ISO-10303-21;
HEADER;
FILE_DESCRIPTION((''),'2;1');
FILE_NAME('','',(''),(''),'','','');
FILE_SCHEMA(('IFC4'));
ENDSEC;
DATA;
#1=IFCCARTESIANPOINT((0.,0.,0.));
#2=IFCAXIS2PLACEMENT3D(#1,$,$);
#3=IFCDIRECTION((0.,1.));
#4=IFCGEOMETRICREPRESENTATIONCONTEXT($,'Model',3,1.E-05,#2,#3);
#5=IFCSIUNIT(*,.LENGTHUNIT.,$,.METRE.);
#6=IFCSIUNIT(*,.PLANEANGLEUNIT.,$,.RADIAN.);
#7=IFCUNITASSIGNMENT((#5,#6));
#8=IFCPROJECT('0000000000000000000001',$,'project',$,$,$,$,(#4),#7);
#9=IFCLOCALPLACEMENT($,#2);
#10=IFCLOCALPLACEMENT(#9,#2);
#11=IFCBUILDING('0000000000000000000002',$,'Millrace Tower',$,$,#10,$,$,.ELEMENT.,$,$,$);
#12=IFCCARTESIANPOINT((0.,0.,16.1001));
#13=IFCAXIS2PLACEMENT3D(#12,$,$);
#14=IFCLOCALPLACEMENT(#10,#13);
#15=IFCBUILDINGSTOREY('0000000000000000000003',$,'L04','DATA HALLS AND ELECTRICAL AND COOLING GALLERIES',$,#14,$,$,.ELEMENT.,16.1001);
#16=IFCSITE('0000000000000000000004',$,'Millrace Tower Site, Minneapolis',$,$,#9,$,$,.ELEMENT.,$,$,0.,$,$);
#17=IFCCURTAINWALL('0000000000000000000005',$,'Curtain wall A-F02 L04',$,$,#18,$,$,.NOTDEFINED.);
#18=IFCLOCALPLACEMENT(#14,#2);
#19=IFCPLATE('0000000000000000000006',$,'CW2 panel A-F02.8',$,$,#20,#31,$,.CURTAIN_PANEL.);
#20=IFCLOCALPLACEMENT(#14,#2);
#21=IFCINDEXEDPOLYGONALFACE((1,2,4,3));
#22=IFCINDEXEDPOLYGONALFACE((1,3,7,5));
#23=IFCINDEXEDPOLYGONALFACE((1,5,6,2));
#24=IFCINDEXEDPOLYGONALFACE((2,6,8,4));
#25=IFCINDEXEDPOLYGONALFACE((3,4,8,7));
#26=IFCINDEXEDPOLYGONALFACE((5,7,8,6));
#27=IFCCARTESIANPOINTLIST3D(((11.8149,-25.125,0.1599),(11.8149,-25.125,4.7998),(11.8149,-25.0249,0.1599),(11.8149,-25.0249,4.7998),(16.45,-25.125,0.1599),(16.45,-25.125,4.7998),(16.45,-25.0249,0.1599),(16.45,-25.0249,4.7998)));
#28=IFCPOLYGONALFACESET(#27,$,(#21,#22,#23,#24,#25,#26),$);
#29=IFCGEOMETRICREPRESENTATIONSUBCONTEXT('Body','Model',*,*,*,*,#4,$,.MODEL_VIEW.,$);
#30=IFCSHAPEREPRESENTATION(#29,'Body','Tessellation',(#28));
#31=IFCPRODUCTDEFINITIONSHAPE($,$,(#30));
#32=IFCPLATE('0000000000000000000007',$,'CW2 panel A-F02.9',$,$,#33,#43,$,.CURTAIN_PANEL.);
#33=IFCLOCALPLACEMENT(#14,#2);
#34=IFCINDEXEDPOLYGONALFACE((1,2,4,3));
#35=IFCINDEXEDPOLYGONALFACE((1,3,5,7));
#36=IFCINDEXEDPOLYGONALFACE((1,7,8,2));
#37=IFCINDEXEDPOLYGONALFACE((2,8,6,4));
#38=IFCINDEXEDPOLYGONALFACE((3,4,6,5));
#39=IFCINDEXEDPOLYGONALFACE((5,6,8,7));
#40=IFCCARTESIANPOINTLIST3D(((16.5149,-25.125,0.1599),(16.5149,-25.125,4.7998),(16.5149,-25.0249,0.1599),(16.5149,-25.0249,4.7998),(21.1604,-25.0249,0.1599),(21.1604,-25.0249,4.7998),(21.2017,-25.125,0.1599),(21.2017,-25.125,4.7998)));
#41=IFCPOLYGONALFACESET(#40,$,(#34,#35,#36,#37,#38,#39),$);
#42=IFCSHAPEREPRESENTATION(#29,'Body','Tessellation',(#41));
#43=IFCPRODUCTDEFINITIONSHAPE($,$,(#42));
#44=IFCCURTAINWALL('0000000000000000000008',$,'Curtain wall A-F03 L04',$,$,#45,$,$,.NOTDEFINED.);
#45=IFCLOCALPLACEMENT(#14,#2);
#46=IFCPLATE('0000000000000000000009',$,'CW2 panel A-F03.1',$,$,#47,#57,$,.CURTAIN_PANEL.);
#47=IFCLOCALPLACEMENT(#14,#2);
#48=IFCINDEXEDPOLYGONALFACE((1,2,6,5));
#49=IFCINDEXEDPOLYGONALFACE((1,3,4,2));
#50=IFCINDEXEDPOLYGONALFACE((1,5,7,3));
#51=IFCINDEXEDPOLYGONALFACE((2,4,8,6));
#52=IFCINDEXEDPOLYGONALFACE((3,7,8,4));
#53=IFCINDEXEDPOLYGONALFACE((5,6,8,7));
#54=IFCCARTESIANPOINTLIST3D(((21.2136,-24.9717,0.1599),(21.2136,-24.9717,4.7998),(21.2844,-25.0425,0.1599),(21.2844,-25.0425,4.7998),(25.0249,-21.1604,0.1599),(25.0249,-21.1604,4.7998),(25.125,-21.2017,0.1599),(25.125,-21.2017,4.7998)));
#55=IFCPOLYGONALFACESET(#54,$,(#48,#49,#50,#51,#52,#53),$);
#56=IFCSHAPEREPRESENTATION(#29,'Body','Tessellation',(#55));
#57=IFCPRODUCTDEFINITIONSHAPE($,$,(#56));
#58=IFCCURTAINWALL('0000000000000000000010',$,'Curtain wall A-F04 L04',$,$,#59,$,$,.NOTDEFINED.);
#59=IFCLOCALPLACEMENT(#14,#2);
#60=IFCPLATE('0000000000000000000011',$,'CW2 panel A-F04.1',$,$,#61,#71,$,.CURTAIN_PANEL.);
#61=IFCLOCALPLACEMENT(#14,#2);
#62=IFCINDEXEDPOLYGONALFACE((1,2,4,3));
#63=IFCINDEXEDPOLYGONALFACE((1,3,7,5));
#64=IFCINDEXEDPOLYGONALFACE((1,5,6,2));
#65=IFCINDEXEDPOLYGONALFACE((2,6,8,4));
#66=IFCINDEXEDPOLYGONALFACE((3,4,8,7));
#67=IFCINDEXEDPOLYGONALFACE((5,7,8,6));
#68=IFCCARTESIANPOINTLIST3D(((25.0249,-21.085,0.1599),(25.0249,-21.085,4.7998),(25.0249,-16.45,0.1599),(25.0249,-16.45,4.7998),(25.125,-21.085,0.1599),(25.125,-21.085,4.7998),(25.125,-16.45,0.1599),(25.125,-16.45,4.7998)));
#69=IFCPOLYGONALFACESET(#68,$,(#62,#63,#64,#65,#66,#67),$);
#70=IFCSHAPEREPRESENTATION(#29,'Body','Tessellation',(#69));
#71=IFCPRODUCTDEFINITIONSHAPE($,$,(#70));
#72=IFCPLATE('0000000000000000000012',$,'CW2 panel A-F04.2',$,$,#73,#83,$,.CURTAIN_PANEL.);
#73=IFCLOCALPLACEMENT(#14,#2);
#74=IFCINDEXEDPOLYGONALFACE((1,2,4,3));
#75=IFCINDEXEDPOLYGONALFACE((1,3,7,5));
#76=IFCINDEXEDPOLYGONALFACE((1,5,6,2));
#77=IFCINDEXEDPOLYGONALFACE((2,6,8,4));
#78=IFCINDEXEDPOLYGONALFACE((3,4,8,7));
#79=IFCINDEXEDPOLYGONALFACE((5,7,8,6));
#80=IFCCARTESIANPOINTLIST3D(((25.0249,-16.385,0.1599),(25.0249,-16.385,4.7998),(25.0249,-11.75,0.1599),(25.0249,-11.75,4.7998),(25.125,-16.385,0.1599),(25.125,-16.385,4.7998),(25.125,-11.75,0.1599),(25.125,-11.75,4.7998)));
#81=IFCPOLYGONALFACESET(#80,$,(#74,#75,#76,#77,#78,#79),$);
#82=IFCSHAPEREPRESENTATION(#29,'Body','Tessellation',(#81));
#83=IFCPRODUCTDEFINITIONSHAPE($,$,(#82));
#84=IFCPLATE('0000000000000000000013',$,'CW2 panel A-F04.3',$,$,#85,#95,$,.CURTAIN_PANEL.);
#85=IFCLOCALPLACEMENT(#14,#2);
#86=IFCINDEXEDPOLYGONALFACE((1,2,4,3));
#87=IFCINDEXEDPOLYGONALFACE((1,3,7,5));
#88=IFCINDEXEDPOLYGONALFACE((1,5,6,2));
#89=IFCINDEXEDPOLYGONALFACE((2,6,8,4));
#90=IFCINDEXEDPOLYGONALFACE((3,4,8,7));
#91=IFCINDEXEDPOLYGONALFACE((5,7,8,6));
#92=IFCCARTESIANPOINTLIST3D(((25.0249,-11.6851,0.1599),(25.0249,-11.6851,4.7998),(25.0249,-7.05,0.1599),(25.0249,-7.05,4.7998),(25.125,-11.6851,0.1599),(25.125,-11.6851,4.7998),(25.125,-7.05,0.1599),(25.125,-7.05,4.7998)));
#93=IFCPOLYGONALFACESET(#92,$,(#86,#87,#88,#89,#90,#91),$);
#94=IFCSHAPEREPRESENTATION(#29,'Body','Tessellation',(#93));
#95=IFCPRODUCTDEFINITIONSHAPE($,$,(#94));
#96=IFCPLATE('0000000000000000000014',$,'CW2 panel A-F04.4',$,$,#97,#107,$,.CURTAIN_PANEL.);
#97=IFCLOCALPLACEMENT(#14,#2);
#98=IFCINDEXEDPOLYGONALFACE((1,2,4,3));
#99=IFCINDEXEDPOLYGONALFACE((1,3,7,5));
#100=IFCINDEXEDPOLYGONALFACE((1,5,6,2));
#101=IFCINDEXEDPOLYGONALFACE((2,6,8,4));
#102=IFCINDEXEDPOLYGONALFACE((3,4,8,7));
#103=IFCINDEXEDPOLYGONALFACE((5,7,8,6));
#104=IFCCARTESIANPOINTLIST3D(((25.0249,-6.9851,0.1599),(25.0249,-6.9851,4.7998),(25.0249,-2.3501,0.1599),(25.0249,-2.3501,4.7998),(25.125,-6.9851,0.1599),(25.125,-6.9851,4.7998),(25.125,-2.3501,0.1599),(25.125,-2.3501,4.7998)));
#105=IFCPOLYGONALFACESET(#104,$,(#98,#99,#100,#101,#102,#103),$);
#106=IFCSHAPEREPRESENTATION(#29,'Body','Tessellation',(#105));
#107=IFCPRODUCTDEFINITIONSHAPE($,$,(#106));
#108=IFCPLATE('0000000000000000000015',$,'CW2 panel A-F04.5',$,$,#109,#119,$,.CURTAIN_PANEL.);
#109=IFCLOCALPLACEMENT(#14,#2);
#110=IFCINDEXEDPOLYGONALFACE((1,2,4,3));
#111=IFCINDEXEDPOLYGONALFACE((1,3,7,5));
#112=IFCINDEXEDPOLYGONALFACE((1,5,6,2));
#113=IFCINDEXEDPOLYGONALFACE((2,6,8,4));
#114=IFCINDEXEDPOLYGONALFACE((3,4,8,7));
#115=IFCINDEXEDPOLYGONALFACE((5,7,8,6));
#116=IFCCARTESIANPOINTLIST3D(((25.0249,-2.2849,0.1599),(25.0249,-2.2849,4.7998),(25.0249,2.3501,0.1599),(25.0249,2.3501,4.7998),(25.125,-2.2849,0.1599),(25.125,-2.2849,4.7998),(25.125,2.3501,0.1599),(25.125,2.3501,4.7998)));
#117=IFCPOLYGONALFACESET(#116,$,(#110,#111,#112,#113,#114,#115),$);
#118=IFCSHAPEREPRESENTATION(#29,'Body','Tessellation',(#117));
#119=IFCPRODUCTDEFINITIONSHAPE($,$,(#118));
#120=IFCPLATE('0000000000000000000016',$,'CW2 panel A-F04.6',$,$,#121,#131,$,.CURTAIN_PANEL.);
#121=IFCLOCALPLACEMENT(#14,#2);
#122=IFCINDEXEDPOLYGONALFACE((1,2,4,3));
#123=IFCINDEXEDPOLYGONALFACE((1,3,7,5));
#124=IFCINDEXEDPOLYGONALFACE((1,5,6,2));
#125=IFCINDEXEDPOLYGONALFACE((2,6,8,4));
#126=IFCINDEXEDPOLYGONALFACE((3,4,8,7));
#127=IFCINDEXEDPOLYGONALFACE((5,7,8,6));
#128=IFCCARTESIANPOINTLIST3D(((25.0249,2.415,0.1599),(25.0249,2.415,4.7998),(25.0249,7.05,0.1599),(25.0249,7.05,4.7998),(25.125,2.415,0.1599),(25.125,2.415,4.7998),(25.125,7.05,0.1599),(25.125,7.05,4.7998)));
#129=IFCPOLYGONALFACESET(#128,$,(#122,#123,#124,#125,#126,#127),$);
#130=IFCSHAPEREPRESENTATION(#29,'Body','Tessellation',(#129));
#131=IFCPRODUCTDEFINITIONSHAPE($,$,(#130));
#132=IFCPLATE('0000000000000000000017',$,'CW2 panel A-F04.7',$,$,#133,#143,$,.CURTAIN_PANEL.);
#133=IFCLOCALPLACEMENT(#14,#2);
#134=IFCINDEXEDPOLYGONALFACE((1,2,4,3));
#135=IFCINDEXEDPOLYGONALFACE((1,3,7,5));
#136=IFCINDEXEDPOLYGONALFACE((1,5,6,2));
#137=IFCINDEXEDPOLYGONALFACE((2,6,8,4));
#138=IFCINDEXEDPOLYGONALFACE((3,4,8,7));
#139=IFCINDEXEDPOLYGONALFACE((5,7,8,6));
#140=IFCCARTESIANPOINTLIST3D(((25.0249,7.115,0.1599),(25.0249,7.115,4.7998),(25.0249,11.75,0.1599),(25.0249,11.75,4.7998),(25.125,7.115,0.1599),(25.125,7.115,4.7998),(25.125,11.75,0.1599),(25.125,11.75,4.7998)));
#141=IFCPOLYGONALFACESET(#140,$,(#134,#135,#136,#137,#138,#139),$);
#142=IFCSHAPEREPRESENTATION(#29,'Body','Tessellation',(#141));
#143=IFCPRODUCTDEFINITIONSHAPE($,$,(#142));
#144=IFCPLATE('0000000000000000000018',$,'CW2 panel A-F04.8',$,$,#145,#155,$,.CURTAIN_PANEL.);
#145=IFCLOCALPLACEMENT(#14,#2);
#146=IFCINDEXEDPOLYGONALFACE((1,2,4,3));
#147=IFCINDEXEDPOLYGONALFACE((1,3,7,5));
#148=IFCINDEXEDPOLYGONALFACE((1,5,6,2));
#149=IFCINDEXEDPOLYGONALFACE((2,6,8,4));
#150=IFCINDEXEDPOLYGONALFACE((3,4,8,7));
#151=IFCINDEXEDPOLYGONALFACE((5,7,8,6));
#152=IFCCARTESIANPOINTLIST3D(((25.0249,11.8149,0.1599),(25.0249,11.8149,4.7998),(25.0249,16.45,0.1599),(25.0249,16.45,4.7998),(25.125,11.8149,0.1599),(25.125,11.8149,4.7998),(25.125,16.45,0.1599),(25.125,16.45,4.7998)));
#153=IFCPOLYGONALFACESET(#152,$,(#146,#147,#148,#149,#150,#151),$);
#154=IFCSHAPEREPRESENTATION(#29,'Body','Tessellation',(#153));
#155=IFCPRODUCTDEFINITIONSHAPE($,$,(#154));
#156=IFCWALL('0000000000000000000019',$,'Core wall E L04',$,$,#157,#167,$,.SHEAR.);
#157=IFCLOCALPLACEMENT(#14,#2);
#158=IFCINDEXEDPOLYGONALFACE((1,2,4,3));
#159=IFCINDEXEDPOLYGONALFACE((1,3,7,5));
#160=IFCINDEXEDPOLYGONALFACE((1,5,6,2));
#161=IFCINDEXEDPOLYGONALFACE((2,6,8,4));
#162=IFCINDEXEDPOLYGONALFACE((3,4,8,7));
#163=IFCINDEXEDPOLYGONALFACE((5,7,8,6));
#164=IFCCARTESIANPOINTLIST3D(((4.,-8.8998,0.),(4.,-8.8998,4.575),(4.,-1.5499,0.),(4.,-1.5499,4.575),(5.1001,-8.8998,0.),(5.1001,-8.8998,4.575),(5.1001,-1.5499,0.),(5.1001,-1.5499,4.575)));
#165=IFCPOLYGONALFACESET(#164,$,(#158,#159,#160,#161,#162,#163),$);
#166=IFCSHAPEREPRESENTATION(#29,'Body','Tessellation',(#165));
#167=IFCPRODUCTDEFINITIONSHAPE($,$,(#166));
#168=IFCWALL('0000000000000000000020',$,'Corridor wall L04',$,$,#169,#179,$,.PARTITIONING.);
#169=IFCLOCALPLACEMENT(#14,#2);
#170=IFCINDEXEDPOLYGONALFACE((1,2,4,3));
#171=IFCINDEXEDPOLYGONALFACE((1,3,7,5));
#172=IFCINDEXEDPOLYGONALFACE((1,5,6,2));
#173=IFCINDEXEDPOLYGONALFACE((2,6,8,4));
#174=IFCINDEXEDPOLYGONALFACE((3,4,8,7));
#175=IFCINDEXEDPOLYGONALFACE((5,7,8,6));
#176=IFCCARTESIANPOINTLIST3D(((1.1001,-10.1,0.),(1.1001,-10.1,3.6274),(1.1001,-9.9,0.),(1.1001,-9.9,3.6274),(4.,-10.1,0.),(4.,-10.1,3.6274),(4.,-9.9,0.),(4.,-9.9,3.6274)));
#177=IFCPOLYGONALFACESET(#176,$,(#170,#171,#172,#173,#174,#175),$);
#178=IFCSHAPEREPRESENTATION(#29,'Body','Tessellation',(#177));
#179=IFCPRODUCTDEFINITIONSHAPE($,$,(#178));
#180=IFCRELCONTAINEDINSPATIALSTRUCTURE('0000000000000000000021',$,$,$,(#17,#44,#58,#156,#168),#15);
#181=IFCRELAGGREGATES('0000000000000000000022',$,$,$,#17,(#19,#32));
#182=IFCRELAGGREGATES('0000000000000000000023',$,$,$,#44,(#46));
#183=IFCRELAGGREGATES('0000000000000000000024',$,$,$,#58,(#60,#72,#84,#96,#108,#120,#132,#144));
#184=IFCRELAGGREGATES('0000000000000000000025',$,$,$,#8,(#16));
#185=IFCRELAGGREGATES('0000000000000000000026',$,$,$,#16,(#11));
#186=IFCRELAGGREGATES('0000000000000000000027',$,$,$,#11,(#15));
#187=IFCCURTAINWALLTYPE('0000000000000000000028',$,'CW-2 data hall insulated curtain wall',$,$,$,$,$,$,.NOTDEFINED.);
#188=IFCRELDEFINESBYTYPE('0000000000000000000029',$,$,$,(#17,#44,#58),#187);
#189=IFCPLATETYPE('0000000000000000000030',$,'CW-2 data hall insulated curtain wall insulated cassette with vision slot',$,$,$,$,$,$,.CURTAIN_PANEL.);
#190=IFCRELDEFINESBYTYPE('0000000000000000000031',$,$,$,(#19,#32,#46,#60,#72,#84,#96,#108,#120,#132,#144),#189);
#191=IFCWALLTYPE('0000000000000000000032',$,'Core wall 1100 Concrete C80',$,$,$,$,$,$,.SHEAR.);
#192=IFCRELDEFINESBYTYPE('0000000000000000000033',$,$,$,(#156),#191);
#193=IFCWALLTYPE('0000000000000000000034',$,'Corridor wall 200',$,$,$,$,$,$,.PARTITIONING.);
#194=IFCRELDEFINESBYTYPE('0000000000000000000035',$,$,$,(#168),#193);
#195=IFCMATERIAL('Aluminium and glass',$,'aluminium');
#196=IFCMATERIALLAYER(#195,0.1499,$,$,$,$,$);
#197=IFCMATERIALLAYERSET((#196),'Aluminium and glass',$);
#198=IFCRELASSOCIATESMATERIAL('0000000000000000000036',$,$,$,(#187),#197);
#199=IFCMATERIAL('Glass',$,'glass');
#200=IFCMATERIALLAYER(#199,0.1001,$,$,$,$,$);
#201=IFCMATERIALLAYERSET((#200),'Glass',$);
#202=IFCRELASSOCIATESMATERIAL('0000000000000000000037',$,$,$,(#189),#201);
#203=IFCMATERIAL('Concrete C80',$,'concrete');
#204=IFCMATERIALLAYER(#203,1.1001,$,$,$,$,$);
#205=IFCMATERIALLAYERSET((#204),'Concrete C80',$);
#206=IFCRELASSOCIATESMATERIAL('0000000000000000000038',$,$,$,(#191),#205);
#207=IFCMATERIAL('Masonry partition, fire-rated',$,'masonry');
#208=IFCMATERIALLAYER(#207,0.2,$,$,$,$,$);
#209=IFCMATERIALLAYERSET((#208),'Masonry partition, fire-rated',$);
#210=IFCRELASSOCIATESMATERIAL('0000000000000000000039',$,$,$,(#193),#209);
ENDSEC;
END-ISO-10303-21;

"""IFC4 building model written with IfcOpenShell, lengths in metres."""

from ifc_helpers import new_model, si_unit, direction, frame, frame_2d, origin, place, context, subcontext, project, spatial, polyline, rectangle, outline, extrude, material, layer, layer_set, type_object, element, aggregate, save


model = new_model("IFC4")

# Units and contexts
model_context = context("Model", 3, precision=1e-05, world=origin(), true_north=direction((0.0, 1.0)))
body_context = subcontext(model_context, "Body", "Model", "MODEL_VIEW")
ifc_project = project(units=[si_unit("LENGTHUNIT", "METRE"), si_unit("PLANEANGLEUNIT", "RADIAN")], contexts=[model_context])

# Site, building, storey
site_placement = place(None, origin())
site = spatial("IfcSite", under=ifc_project, at=site_placement, Name="Millrace Tower Site, Minneapolis", CompositionType="ELEMENT", RefElevation=0.0)
building_placement = place(site_placement, origin())
building = spatial("IfcBuilding", under=site, at=building_placement, Name="Millrace Tower", CompositionType="ELEMENT")
storey_placement = place(building_placement, frame((0.0, 0.0, 16.1001)))
storey = spatial("IfcBuildingStorey", under=building, at=storey_placement, Name="L04", Description="DATA HALLS AND ELECTRICAL AND COOLING GALLERIES", CompositionType="ELEMENT", Elevation=16.1001)

# Curtain wall, plates
ifc_material_1 = material(Name="Aluminium and glass", Category="aluminium")
ifc_layer_1 = layer(ifc_material_1, 0.1499)
ifc_layer_set_1 = layer_set([ifc_layer_1], Name="Aluminium and glass")
curtain_wall_type = type_object("IfcCurtainWallType", Name="CW-2 data hall insulated curtain wall", PredefinedType="NOTDEFINED", material=ifc_layer_set_1)
placement_1 = place(storey_placement, origin())
curtain_wall_1 = element("IfcCurtainWall", 1, at=placement_1, inside=storey, type_object=curtain_wall_type, Name="Curtain wall A-F02 L04", PredefinedType="NOTDEFINED")
ifc_material_2 = material(Name="Glass", Category="glass")
ifc_layer_2 = layer(ifc_material_2, 0.1001)
ifc_layer_set_2 = layer_set([ifc_layer_2], Name="Glass")
plate_type = type_object("IfcPlateType", Name="CW-2 data hall insulated curtain wall insulated cassette with vision slot", PredefinedType="CURTAIN_PANEL", material=ifc_layer_set_2)
placement_2 = place(storey_placement, frame((0.0, 0.0, 0.1599)))
plate_1 = element("IfcPlate", 2, at=placement_2, type_object=plate_type, Name="CW2 panel A-F02.8", PredefinedType="CURTAIN_PANEL", context=body_context, shape_type="SweptSolid", body=[
    extrude(outline(polyline([(11.8149, -25.125), (16.45, -25.125), (16.45, -25.0249), (11.8149, -25.0249), (11.8149, -25.125)])), origin(), (0.0, 0.0, 1.0), 4.6399),
])
plate_2 = element("IfcPlate", 3, at=placement_2, type_object=plate_type, Name="CW2 panel A-F02.9", PredefinedType="CURTAIN_PANEL", context=body_context, shape_type="SweptSolid", body=[
    extrude(outline(polyline([(16.5149, -25.125), (21.2017, -25.125), (21.1604, -25.0249), (16.5149, -25.0249), (16.5149, -25.125)])), origin(), (0.0, 0.0, 1.0), 4.6399),
])
aggregate(curtain_wall_1, [plate_1, plate_2])

# Curtain wall, plate
curtain_wall_2 = element("IfcCurtainWall", 4, at=placement_1, inside=storey, type_object=curtain_wall_type, Name="Curtain wall A-F03 L04", PredefinedType="NOTDEFINED")
plate_3 = element("IfcPlate", 5, at=placement_2, type_object=plate_type, Name="CW2 panel A-F03.1", PredefinedType="CURTAIN_PANEL", context=body_context, shape_type="SweptSolid", body=[
    extrude(outline(polyline([(21.2844, -25.0425), (25.125, -21.2017), (25.0249, -21.1604), (21.2136, -24.9717), (21.2844, -25.0425)])), origin(), (0.0, 0.0, 1.0), 4.6399),
])
aggregate(curtain_wall_2, [plate_3])

# Curtain wall, plates
curtain_wall_3 = element("IfcCurtainWall", 6, at=placement_1, inside=storey, type_object=curtain_wall_type, Name="Curtain wall A-F04 L04", PredefinedType="NOTDEFINED")
plate_4 = element("IfcPlate", 7, at=placement_2, type_object=plate_type, Name="CW2 panel A-F04.1", PredefinedType="CURTAIN_PANEL", context=body_context, shape_type="SweptSolid", body=[
    extrude(outline(polyline([(25.125, -21.085), (25.125, -16.45), (25.0249, -16.45), (25.0249, -21.085), (25.125, -21.085)])), origin(), (0.0, 0.0, 1.0), 4.6399),
])
plate_5 = element("IfcPlate", 8, at=placement_2, type_object=plate_type, Name="CW2 panel A-F04.2", PredefinedType="CURTAIN_PANEL", context=body_context, shape_type="SweptSolid", body=[
    extrude(outline(polyline([(25.125, -16.385), (25.125, -11.75), (25.0249, -11.75), (25.0249, -16.385), (25.125, -16.385)])), origin(), (0.0, 0.0, 1.0), 4.6399),
])
plate_6 = element("IfcPlate", 9, at=placement_2, type_object=plate_type, Name="CW2 panel A-F04.3", PredefinedType="CURTAIN_PANEL", context=body_context, shape_type="SweptSolid", body=[
    extrude(outline(polyline([(25.125, -11.6851), (25.125, -7.05), (25.0249, -7.05), (25.0249, -11.6851), (25.125, -11.6851)])), origin(), (0.0, 0.0, 1.0), 4.6399),
])
plate_7 = element("IfcPlate", 10, at=placement_2, type_object=plate_type, Name="CW2 panel A-F04.4", PredefinedType="CURTAIN_PANEL", context=body_context, shape_type="SweptSolid", body=[
    extrude(outline(polyline([(25.125, -6.9851), (25.125, -2.3501), (25.0249, -2.3501), (25.0249, -6.9851), (25.125, -6.9851)])), origin(), (0.0, 0.0, 1.0), 4.6399),
])
plate_8 = element("IfcPlate", 11, at=placement_2, type_object=plate_type, Name="CW2 panel A-F04.5", PredefinedType="CURTAIN_PANEL", context=body_context, shape_type="SweptSolid", body=[
    extrude(outline(polyline([(25.125, -2.2849), (25.125, 2.3501), (25.0249, 2.3501), (25.0249, -2.2849), (25.125, -2.2849)])), origin(), (0.0, 0.0, 1.0), 4.6399),
])
plate_9 = element("IfcPlate", 12, at=placement_2, type_object=plate_type, Name="CW2 panel A-F04.6", PredefinedType="CURTAIN_PANEL", context=body_context, shape_type="SweptSolid", body=[
    extrude(outline(polyline([(25.125, 2.415), (25.125, 7.05), (25.0249, 7.05), (25.0249, 2.415), (25.125, 2.415)])), origin(), (0.0, 0.0, 1.0), 4.6399),
])
plate_10 = element("IfcPlate", 13, at=placement_2, type_object=plate_type, Name="CW2 panel A-F04.7", PredefinedType="CURTAIN_PANEL", context=body_context, shape_type="SweptSolid", body=[
    extrude(outline(polyline([(25.125, 7.115), (25.125, 11.75), (25.0249, 11.75), (25.0249, 7.115), (25.125, 7.115)])), origin(), (0.0, 0.0, 1.0), 4.6399),
])
plate_11 = element("IfcPlate", 14, at=placement_2, type_object=plate_type, Name="CW2 panel A-F04.8", PredefinedType="CURTAIN_PANEL", context=body_context, shape_type="SweptSolid", body=[
    extrude(outline(polyline([(25.125, 11.8149), (25.125, 16.45), (25.0249, 16.45), (25.0249, 11.8149), (25.125, 11.8149)])), origin(), (0.0, 0.0, 1.0), 4.6399),
])
aggregate(curtain_wall_3, [plate_4, plate_5, plate_6, plate_7, plate_8, plate_9, plate_10, plate_11])

# Walls
ifc_material_3 = material(Name="Concrete C80", Category="concrete")
ifc_layer_3 = layer(ifc_material_3, 1.1001)
ifc_layer_set_3 = layer_set([ifc_layer_3], Name="Concrete C80")
wall_type_1 = type_object("IfcWallType", Name="Core wall 1100 Concrete C80", PredefinedType="SHEAR", material=ifc_layer_set_3)
wall_1_placement = place(storey_placement, frame((4.55, -1.55, 0.0), z_axis=(0.0, 0.0, 1.0), x_axis=(0.0, -1.0, 0.0)))
element("IfcWall", 15, at=wall_1_placement, inside=storey, type_object=wall_type_1, Name="Core wall E L04", PredefinedType="SHEAR", context=body_context, shape_type="SweptSolid", body=[
    extrude(rectangle(XDim=7.3499, YDim=1.1001, at=frame_2d((3.6748, 0.0))), origin(), (0.0, 0.0, 1.0), 4.575),
])
ifc_material_4 = material(Name="Masonry partition, fire-rated", Category="masonry")
ifc_layer_4 = layer(ifc_material_4, 0.2)
ifc_layer_set_4 = layer_set([ifc_layer_4], Name="Masonry partition, fire-rated")
wall_type_2 = type_object("IfcWallType", Name="Corridor wall 200", PredefinedType="PARTITIONING", material=ifc_layer_set_4)
wall_2_placement = place(storey_placement, frame((1.1001, -10.0, 0.0), z_axis=(0.0, 0.0, 1.0), x_axis=(1.0, 0.0, 0.0)))
element("IfcWall", 16, at=wall_2_placement, inside=storey, type_object=wall_type_2, Name="Corridor wall L04", PredefinedType="PARTITIONING", context=body_context, shape_type="SweptSolid", body=[
    extrude(rectangle(XDim=2.8999, YDim=0.2, at=frame_2d((1.45, 0.0))), origin(), (0.0, 0.0, 1.0), 3.6274),
])

save(model, "model.ifc")
